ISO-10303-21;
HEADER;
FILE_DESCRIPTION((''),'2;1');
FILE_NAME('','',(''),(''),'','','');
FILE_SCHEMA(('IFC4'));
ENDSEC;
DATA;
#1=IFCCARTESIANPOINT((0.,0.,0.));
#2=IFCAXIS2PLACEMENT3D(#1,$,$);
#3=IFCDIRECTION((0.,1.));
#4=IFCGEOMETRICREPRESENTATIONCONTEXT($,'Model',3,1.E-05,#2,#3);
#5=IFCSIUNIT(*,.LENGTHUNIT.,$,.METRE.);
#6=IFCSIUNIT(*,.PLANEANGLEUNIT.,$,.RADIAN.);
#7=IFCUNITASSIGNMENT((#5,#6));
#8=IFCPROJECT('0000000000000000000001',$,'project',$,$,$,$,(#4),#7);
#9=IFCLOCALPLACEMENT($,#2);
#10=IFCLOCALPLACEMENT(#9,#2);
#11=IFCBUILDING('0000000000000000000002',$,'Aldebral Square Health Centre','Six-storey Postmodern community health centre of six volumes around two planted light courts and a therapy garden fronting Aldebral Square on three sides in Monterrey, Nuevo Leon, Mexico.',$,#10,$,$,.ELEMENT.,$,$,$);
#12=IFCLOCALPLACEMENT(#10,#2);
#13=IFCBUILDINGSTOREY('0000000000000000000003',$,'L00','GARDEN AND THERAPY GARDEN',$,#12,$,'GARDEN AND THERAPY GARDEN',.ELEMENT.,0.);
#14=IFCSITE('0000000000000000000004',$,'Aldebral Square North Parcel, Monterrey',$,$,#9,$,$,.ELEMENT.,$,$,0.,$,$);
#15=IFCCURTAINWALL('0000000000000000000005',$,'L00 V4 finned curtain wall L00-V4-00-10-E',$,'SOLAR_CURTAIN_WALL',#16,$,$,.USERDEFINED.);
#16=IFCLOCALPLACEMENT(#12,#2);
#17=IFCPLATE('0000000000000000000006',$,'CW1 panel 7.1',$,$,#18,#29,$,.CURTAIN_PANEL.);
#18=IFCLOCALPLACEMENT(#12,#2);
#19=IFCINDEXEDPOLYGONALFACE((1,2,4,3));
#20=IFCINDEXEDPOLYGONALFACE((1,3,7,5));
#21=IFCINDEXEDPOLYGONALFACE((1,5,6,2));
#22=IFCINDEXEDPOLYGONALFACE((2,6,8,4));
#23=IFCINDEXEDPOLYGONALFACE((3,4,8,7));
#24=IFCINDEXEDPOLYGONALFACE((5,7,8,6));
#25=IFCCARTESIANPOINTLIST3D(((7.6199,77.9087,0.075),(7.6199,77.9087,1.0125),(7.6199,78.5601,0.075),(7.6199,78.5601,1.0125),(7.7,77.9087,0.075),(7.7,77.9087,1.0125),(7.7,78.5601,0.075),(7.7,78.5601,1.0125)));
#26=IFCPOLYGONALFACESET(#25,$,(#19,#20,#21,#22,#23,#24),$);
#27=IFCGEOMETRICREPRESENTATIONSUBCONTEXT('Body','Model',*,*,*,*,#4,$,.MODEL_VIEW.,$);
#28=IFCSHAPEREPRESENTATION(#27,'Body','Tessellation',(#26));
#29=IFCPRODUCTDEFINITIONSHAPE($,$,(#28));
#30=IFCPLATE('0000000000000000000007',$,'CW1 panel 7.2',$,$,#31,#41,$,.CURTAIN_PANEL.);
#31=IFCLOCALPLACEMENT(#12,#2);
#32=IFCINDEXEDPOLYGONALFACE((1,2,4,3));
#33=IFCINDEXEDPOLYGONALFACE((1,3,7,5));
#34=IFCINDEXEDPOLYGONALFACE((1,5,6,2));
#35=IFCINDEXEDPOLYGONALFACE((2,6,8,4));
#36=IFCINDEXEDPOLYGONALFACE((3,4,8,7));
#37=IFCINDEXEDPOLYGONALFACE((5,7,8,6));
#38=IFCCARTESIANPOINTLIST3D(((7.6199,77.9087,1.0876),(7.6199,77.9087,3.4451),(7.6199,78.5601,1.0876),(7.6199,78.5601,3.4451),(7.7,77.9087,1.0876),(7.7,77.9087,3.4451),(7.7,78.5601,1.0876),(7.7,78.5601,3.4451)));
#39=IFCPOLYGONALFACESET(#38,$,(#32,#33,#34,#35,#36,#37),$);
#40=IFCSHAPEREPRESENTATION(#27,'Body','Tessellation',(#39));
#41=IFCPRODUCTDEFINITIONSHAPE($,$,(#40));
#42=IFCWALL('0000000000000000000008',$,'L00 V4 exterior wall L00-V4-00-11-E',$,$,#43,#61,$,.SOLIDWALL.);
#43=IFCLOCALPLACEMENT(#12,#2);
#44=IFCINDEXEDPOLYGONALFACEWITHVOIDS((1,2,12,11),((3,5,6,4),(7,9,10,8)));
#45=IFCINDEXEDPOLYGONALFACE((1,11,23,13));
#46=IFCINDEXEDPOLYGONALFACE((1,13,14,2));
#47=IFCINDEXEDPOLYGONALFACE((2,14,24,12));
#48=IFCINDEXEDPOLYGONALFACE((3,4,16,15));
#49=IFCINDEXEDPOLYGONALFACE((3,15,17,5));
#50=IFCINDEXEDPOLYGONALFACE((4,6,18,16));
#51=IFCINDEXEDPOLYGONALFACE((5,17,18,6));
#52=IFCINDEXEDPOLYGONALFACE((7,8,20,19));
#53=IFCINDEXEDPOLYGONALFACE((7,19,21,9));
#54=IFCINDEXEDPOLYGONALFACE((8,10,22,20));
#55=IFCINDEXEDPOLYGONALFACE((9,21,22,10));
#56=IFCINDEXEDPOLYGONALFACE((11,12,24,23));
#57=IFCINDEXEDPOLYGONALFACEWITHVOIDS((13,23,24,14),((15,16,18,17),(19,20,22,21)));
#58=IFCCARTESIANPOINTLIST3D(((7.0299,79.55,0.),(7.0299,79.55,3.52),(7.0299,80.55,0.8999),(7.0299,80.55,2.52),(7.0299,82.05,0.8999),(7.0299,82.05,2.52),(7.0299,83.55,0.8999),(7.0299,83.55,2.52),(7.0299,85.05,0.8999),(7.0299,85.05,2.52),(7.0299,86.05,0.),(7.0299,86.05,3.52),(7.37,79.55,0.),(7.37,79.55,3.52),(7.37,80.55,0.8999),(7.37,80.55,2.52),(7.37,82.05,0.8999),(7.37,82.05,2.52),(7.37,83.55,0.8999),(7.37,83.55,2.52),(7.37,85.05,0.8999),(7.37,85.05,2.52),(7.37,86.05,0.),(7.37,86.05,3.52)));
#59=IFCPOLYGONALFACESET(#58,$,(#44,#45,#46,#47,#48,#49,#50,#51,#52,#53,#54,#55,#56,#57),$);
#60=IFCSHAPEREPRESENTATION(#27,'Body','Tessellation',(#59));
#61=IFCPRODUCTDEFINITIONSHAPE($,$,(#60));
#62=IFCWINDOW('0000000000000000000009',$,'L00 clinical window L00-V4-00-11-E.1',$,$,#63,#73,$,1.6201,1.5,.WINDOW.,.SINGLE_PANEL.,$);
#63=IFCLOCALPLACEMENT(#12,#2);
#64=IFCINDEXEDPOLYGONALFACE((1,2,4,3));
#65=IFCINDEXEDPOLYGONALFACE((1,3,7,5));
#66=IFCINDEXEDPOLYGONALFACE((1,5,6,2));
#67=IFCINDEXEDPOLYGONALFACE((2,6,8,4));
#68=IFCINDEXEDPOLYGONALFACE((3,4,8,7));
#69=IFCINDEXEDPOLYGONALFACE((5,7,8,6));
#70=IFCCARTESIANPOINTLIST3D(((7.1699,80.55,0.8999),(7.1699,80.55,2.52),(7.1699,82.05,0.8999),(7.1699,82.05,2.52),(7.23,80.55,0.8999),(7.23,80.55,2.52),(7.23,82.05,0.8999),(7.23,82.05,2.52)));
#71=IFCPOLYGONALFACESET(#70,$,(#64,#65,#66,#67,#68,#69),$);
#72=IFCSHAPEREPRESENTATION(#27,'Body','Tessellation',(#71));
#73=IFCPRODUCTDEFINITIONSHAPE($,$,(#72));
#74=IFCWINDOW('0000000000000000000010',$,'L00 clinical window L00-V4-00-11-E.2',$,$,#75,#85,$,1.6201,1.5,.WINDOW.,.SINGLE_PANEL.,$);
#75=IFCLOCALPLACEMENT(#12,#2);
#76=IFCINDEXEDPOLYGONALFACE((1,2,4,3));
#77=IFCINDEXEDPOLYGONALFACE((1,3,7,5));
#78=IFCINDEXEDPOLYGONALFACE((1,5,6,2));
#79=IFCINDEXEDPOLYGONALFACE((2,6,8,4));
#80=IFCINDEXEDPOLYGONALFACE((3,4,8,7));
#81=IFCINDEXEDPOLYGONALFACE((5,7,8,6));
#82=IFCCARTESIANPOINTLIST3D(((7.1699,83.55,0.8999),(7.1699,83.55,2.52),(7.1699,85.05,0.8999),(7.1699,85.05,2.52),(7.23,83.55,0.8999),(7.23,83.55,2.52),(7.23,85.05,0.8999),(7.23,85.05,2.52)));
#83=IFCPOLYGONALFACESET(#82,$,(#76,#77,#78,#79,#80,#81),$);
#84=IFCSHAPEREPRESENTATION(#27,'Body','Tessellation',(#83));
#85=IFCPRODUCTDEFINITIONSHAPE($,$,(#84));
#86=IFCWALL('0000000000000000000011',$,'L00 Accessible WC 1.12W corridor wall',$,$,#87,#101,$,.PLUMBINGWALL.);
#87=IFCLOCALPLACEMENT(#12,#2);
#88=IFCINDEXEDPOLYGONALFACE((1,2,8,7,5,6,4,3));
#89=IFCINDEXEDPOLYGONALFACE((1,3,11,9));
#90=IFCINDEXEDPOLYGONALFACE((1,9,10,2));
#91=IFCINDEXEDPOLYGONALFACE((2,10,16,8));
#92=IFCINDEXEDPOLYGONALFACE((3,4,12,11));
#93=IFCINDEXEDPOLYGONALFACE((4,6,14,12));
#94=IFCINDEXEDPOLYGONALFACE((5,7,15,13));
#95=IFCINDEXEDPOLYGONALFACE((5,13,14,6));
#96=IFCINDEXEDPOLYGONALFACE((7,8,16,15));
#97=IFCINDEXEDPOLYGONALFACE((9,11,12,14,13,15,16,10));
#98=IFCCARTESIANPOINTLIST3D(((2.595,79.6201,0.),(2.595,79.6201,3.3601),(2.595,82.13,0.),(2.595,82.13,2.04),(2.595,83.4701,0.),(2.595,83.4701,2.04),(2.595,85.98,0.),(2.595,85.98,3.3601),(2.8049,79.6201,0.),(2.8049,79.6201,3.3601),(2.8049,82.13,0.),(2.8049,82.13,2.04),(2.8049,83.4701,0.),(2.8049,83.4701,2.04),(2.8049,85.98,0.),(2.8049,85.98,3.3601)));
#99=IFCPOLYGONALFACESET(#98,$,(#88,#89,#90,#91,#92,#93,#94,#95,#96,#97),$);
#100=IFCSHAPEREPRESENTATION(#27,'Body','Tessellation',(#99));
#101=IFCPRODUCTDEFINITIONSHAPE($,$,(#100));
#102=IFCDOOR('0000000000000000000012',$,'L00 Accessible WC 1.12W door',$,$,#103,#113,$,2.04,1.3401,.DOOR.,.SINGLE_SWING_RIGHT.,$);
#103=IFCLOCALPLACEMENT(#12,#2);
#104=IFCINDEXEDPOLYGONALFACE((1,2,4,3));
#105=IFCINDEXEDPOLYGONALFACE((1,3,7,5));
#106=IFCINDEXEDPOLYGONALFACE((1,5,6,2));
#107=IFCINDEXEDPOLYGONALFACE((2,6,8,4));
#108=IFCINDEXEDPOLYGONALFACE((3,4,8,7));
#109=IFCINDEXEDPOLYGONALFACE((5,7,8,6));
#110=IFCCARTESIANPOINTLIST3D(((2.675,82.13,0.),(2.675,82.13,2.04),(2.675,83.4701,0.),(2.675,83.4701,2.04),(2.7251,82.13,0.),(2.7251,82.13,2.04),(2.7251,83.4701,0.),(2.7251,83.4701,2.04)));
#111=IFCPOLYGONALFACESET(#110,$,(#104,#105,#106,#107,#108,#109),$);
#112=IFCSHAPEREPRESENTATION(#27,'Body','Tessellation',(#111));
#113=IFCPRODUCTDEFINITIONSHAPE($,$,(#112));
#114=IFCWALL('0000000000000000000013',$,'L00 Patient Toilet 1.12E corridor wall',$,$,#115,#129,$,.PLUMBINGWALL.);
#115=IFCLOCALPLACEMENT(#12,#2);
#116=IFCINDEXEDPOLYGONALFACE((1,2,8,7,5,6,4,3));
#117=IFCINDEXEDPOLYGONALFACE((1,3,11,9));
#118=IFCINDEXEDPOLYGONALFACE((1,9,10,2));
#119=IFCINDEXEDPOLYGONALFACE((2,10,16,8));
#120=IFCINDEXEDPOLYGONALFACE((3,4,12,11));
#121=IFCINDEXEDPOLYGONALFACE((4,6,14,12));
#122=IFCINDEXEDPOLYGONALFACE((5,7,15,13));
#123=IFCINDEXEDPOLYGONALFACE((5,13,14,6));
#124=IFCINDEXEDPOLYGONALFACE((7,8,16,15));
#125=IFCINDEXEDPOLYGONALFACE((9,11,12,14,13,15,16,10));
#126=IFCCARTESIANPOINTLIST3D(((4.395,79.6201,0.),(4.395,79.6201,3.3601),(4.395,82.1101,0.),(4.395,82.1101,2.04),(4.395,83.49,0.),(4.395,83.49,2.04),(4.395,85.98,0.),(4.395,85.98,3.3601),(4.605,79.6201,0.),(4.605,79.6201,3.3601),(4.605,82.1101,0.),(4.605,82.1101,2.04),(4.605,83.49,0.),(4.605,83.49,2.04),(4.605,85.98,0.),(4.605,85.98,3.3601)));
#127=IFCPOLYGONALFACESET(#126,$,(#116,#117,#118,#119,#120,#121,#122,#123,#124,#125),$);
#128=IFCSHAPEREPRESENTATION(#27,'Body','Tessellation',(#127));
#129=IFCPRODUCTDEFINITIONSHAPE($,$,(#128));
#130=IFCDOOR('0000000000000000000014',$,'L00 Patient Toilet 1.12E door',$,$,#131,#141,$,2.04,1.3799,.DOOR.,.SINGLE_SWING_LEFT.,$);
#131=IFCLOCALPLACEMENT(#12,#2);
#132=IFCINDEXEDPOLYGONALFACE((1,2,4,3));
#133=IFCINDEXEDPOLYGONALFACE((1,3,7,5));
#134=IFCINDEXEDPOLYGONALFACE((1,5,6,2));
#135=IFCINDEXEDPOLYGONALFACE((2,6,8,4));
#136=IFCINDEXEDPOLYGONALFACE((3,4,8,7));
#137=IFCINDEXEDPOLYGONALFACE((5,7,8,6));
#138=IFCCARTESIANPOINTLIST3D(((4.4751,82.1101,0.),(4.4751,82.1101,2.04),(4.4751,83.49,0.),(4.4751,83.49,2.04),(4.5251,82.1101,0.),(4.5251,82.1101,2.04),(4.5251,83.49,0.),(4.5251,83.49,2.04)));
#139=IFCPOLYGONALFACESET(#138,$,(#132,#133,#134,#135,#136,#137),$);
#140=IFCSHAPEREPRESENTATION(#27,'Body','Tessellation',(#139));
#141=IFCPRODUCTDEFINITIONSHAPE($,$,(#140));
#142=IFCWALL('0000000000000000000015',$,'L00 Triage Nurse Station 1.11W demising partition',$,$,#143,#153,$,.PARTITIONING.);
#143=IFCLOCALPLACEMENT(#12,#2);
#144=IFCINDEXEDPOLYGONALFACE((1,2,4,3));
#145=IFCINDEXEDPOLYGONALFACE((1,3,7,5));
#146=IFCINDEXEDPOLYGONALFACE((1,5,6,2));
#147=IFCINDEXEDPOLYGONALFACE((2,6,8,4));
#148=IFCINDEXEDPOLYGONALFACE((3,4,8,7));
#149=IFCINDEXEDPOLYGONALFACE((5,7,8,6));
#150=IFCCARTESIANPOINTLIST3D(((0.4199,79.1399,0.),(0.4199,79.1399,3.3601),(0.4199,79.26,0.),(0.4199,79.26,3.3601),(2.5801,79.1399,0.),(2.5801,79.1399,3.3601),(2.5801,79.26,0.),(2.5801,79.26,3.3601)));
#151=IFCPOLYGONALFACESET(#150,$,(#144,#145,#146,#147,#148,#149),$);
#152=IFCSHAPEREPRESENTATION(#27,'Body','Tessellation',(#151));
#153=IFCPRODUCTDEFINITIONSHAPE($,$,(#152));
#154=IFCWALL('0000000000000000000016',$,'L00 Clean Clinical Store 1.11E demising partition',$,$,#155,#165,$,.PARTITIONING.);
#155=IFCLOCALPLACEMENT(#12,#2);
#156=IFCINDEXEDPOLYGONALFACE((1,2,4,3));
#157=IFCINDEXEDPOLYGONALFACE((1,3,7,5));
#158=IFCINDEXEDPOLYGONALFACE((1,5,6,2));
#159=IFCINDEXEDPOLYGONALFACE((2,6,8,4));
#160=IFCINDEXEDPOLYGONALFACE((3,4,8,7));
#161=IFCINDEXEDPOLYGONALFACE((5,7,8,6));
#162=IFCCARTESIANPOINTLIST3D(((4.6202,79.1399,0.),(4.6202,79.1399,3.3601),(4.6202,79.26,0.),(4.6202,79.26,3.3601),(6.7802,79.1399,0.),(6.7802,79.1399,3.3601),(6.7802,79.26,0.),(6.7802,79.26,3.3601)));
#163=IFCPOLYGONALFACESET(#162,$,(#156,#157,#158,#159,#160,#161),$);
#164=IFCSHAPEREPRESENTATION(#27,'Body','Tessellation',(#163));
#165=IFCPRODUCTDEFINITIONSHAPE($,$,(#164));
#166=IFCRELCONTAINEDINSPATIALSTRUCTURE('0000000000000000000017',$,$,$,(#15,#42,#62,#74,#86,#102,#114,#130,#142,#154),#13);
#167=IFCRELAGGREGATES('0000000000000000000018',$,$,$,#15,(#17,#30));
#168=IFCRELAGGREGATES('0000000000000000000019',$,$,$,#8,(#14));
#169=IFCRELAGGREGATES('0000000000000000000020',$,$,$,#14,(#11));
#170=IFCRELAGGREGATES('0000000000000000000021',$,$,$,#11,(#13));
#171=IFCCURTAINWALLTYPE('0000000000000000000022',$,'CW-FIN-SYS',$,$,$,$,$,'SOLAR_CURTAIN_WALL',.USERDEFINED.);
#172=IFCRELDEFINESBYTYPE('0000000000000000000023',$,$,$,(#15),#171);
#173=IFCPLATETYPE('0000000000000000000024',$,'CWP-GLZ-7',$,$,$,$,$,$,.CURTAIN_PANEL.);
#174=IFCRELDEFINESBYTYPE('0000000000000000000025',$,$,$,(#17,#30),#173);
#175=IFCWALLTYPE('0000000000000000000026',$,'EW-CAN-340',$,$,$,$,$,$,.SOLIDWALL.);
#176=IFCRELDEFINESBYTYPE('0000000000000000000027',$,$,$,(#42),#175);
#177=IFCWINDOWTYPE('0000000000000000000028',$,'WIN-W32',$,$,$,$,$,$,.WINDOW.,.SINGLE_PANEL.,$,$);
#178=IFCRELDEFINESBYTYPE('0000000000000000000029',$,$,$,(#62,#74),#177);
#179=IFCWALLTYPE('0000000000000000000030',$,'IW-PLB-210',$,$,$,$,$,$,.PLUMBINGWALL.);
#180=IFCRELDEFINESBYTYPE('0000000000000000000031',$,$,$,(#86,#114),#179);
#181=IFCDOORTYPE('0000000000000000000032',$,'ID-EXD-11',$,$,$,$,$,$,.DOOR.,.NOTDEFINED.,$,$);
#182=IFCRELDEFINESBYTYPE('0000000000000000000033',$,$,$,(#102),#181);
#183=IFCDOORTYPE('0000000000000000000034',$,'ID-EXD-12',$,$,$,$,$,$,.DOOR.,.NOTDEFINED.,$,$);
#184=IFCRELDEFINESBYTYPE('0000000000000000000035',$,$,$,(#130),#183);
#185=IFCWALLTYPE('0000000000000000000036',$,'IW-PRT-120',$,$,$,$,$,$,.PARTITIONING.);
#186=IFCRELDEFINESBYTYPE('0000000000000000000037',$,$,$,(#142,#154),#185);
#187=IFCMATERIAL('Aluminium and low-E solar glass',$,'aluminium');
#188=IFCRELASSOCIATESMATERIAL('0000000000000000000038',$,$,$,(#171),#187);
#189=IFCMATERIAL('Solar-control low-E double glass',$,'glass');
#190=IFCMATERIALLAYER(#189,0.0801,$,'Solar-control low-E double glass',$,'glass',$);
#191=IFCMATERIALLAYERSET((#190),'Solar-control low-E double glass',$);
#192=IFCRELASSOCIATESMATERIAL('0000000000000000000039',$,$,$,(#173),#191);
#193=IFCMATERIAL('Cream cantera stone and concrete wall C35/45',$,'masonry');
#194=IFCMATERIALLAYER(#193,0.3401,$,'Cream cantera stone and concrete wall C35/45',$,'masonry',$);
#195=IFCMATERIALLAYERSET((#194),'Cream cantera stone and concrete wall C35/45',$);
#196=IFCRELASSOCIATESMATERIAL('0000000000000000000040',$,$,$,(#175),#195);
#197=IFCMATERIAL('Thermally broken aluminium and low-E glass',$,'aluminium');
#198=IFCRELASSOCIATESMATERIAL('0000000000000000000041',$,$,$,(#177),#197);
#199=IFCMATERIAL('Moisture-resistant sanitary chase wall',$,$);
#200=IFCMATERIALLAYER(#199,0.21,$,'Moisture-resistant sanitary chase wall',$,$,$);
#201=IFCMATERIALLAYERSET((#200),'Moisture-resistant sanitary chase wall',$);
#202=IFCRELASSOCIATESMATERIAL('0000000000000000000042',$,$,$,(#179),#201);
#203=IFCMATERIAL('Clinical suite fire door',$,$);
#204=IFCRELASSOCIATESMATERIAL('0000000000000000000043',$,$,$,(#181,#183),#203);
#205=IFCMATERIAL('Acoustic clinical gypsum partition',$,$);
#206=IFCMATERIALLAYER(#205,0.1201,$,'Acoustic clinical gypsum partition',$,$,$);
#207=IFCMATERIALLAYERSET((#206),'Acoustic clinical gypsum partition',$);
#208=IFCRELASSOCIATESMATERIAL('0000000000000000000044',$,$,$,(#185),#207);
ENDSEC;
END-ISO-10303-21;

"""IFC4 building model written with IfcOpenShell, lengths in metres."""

from ifc_helpers import new_model, si_unit, direction, frame, frame_2d, origin, origin_2d, place, context, subcontext, project, spatial, rectangle, extrude, material, layer, layer_set, type_object, element, fill, aggregate, save


model = new_model("IFC4")

# Units and contexts
model_context = context("Model", 3, precision=1e-05, world=origin(), true_north=direction((0.0, 1.0)))
body_context = subcontext(model_context, "Body", "Model", "MODEL_VIEW")
ifc_project = project(units=[si_unit("LENGTHUNIT", "METRE"), si_unit("PLANEANGLEUNIT", "RADIAN")], contexts=[model_context])

# Site, building, storey
site_placement = place(None, origin())
site = spatial("IfcSite", under=ifc_project, at=site_placement, Name="Aldebral Square North Parcel, Monterrey", CompositionType="ELEMENT", RefElevation=0.0)
building_placement = place(site_placement, origin())
building = spatial("IfcBuilding", under=site, at=building_placement, Name="Aldebral Square Health Centre", Description="Six-storey Postmodern community health centre of six volumes around two planted light courts and a therapy garden fronting Aldebral Square on three sides in Monterrey, Nuevo Leon, Mexico.", CompositionType="ELEMENT")
storey_placement = place(building_placement, origin())
storey = spatial("IfcBuildingStorey", under=building, at=storey_placement, Name="L00", Description="GARDEN AND THERAPY GARDEN", LongName="GARDEN AND THERAPY GARDEN", CompositionType="ELEMENT", Elevation=0.0)

# Shared definitions
ifc_material_1 = material(Name="Aluminium and low-E solar glass", Category="aluminium")
curtain_wall_type = type_object("IfcCurtainWallType", Name="CW-FIN-SYS", ElementType="SOLAR_CURTAIN_WALL", PredefinedType="USERDEFINED", material=ifc_material_1)

# Curtain wall
curtain_wall_1_placement = place(storey_placement, origin())
curtain_wall_1 = element("IfcCurtainWall", 1, at=curtain_wall_1_placement, inside=storey, type_object=curtain_wall_type, Name="L00 V4 finned curtain wall L00-V4-00-10-E", ObjectType="SOLAR_CURTAIN_WALL", PredefinedType="USERDEFINED")

# Plates
ifc_material_2 = material(Name="Solar-control low-E double glass", Category="glass")
ifc_layer_1 = layer(ifc_material_2, 0.0801, Name="Solar-control low-E double glass", Category="glass")
ifc_layer_set_1 = layer_set([ifc_layer_1], Name="Solar-control low-E double glass")
plate_type_1 = type_object("IfcPlateType", Name="CWP-GLZ-7", PredefinedType="CURTAIN_PANEL", material=ifc_layer_set_1)
plate_1_placement = place(storey_placement, frame((7.6599, 78.2344, 0.075), z_axis=(0.0, 0.0, 1.0), x_axis=(0.0, 1.0, 0.0)))
plate_1 = element("IfcPlate", 2, at=plate_1_placement, type_object=plate_type_1, Name="CW1 panel 7.1", PredefinedType="CURTAIN_PANEL", context=body_context, shape_type="SweptSolid", body=[
    extrude(rectangle(XDim=0.6514, YDim=0.0801, at=origin_2d()), origin(), (0.0, 0.0, 1.0), 0.9375),
])
plate_2_placement = place(storey_placement, frame((7.6599, 78.2344, 1.0876), z_axis=(0.0, 0.0, 1.0), x_axis=(0.0, 1.0, 0.0)))
plate_2 = element("IfcPlate", 3, at=plate_2_placement, type_object=plate_type_1, Name="CW1 panel 7.2", PredefinedType="CURTAIN_PANEL", context=body_context, shape_type="SweptSolid", body=[
    extrude(rectangle(XDim=0.6514, YDim=0.0801, at=origin_2d()), origin(), (0.0, 0.0, 1.0), 2.3574),
])
aggregate(curtain_wall_1, [plate_1, plate_2])

# Wall, openings, windows
ifc_material_3 = material(Name="Cream cantera stone and concrete wall C35/45", Category="masonry")
ifc_layer_2 = layer(ifc_material_3, 0.3401, Name="Cream cantera stone and concrete wall C35/45", Category="masonry")
ifc_layer_set_2 = layer_set([ifc_layer_2], Name="Cream cantera stone and concrete wall C35/45")
wall_type_1 = type_object("IfcWallType", Name="EW-CAN-340", PredefinedType="SOLIDWALL", material=ifc_layer_set_2)
wall_1_placement = place(storey_placement, frame((7.2, 79.55, 0.0), z_axis=(0.0, 0.0, 1.0), x_axis=(0.0, 1.0, 0.0)))
wall_1 = element("IfcWall", 4, at=wall_1_placement, inside=storey, type_object=wall_type_1, Name="L00 V4 exterior wall L00-V4-00-11-E", PredefinedType="SOLIDWALL", context=body_context, shape_type="SweptSolid", body=[
    extrude(rectangle(XDim=6.5, YDim=0.3401, at=frame_2d((3.25, 0.0))), origin(), (0.0, 0.0, 1.0), 3.52),
])
opening_1_placement = place(wall_1_placement, frame((1.0, 0.0, 0.8999)))
opening_1 = element("IfcOpeningElement", 5, at=opening_1_placement, cuts=wall_1, PredefinedType="OPENING", context=body_context, shape_type="SweptSolid", body=[
    extrude(rectangle(XDim=1.5, YDim=1.6201, at=frame_2d((0.75, 0.8101))), frame((0.0, 0.1802, 0.0), z_axis=(0.0, -1.0, 0.0), x_axis=(1.0, 0.0, 0.0)), (0.0, 0.0, 1.0), 0.3601),
])
opening_2_placement = place(wall_1_placement, frame((4.0, 0.0, 0.8999)))
opening_2 = element("IfcOpeningElement", 6, at=opening_2_placement, cuts=wall_1, PredefinedType="OPENING", context=body_context, shape_type="SweptSolid", body=[
    extrude(rectangle(XDim=1.5, YDim=1.6201, at=frame_2d((0.75, 0.8101))), frame((0.0, 0.1802, 0.0), z_axis=(0.0, -1.0, 0.0), x_axis=(1.0, 0.0, 0.0)), (0.0, 0.0, 1.0), 0.3601),
])
ifc_material_4 = material(Name="Thermally broken aluminium and low-E glass", Category="aluminium")
window_type = type_object("IfcWindowType", Name="WIN-W32", PartitioningType="SINGLE_PANEL", PredefinedType="WINDOW", material=ifc_material_4)
window_1_placement = place(opening_1_placement, origin())
window_1 = element("IfcWindow", 7, at=window_1_placement, inside=storey, type_object=window_type, Name="L00 clinical window L00-V4-00-11-E.1", OverallHeight=1.6201, OverallWidth=1.5, PartitioningType="SINGLE_PANEL", PredefinedType="WINDOW", context=body_context, shape_type="SweptSolid", body=[
    extrude(rectangle(XDim=1.5, YDim=1.6201, at=frame_2d((0.75, 0.8101))), frame((0.0, 0.03, 0.0), z_axis=(0.0, -1.0, 0.0), x_axis=(1.0, 0.0, 0.0)), (0.0, 0.0, 1.0), 0.0601),
])
fill(opening_1, window_1)
window_2_placement = place(opening_2_placement, origin())
window_2 = element("IfcWindow", 8, at=window_2_placement, inside=storey, type_object=window_type, Name="L00 clinical window L00-V4-00-11-E.2", OverallHeight=1.6201, OverallWidth=1.5, PartitioningType="SINGLE_PANEL", PredefinedType="WINDOW", context=body_context, shape_type="SweptSolid", body=[
    extrude(rectangle(XDim=1.5, YDim=1.6201, at=frame_2d((0.75, 0.8101))), frame((0.0, 0.03, 0.0), z_axis=(0.0, -1.0, 0.0), x_axis=(1.0, 0.0, 0.0)), (0.0, 0.0, 1.0), 0.0601),
])
fill(opening_2, window_2)

# Walls, openings, doors
ifc_material_5 = material(Name="Moisture-resistant sanitary chase wall")
ifc_layer_3 = layer(ifc_material_5, 0.21, Name="Moisture-resistant sanitary chase wall")
ifc_layer_set_3 = layer_set([ifc_layer_3], Name="Moisture-resistant sanitary chase wall")
wall_type_2 = type_object("IfcWallType", Name="IW-PLB-210", PredefinedType="PLUMBINGWALL", material=ifc_layer_set_3)
wall_2_placement = place(storey_placement, frame((2.7, 79.6201, 0.0), z_axis=(0.0, 0.0, 1.0), x_axis=(0.0, 1.0, 0.0)))
wall_2 = element("IfcWall", 9, at=wall_2_placement, inside=storey, type_object=wall_type_2, Name="L00 Accessible WC 1.12W corridor wall", PredefinedType="PLUMBINGWALL", context=body_context, shape_type="SweptSolid", body=[
    extrude(rectangle(XDim=6.3599, YDim=0.21, at=frame_2d((3.1799, 0.0))), origin(), (0.0, 0.0, 1.0), 3.3601),
])
opening_3_placement = place(wall_2_placement, frame((2.51, 0.0, 0.0)))
opening_3 = element("IfcOpeningElement", 10, at=opening_3_placement, cuts=wall_2, PredefinedType="OPENING", context=body_context, shape_type="SweptSolid", body=[
    extrude(rectangle(XDim=1.3401, YDim=2.04, at=frame_2d((0.6699, 1.02))), frame((0.0, 0.115, 0.0), z_axis=(0.0, -1.0, 0.0), x_axis=(1.0, 0.0, 0.0)), (0.0, 0.0, 1.0), 0.23),
])
ifc_material_6 = material(Name="Clinical suite fire door")
door_type_1 = type_object("IfcDoorType", Name="ID-EXD-11", OperationType="NOTDEFINED", PredefinedType="DOOR", material=ifc_material_6)
door_1_placement = place(opening_3_placement, origin())
door_1 = element("IfcDoor", 11, at=door_1_placement, inside=storey, type_object=door_type_1, Name="L00 Accessible WC 1.12W door", OperationType="SINGLE_SWING_RIGHT", OverallHeight=2.04, OverallWidth=1.3401, PredefinedType="DOOR", context=body_context, shape_type="SweptSolid", body=[
    extrude(rectangle(XDim=1.3401, YDim=2.04, at=frame_2d((0.6699, 1.02))), frame((0.0, 0.0249, 0.0), z_axis=(0.0, -1.0, 0.0), x_axis=(1.0, 0.0, 0.0)), (0.0, 0.0, 1.0), 0.05),
])
fill(opening_3, door_1)
wall_3_placement = place(storey_placement, frame((4.5, 79.6201, 0.0), z_axis=(0.0, 0.0, 1.0), x_axis=(0.0, 1.0, 0.0)))
wall_3 = element("IfcWall", 12, at=wall_3_placement, inside=storey, type_object=wall_type_2, Name="L00 Patient Toilet 1.12E corridor wall", PredefinedType="PLUMBINGWALL", context=body_context, shape_type="SweptSolid", body=[
    extrude(rectangle(XDim=6.3599, YDim=0.21, at=frame_2d((3.1799, 0.0))), origin(), (0.0, 0.0, 1.0), 3.3601),
])
opening_4_placement = place(wall_3_placement, frame((2.49, 0.0, 0.0)))
opening_4 = element("IfcOpeningElement", 13, at=opening_4_placement, cuts=wall_3, PredefinedType="OPENING", context=body_context, shape_type="SweptSolid", body=[
    extrude(rectangle(XDim=1.3799, YDim=2.04, at=frame_2d((0.6899, 1.02))), frame((0.0, 0.115, 0.0), z_axis=(0.0, -1.0, 0.0), x_axis=(1.0, 0.0, 0.0)), (0.0, 0.0, 1.0), 0.23),
])
door_type_2 = type_object("IfcDoorType", Name="ID-EXD-12", OperationType="NOTDEFINED", PredefinedType="DOOR", material=ifc_material_6)
door_2_placement = place(opening_4_placement, origin())
door_2 = element("IfcDoor", 14, at=door_2_placement, inside=storey, type_object=door_type_2, Name="L00 Patient Toilet 1.12E door", OperationType="SINGLE_SWING_LEFT", OverallHeight=2.04, OverallWidth=1.3799, PredefinedType="DOOR", context=body_context, shape_type="SweptSolid", body=[
    extrude(rectangle(XDim=1.3799, YDim=2.04, at=frame_2d((0.6899, 1.02))), frame((0.0, 0.0249, 0.0), z_axis=(0.0, -1.0, 0.0), x_axis=(1.0, 0.0, 0.0)), (0.0, 0.0, 1.0), 0.05),
])
fill(opening_4, door_2)

# Walls
ifc_material_7 = material(Name="Acoustic clinical gypsum partition")
ifc_layer_4 = layer(ifc_material_7, 0.1201, Name="Acoustic clinical gypsum partition")
ifc_layer_set_4 = layer_set([ifc_layer_4], Name="Acoustic clinical gypsum partition")
wall_type_3 = type_object("IfcWallType", Name="IW-PRT-120", PredefinedType="PARTITIONING", material=ifc_layer_set_4)
wall_4_placement = place(storey_placement, frame((0.4199, 79.2, 0.0), z_axis=(0.0, 0.0, 1.0), x_axis=(1.0, 0.0, 0.0)))
element("IfcWall", 15, at=wall_4_placement, inside=storey, type_object=wall_type_3, Name="L00 Triage Nurse Station 1.11W demising partition", PredefinedType="PARTITIONING", context=body_context, shape_type="SweptSolid", body=[
    extrude(rectangle(XDim=2.1602, YDim=0.1201, at=frame_2d((1.0801, 0.0))), origin(), (0.0, 0.0, 1.0), 3.3601),
])
wall_5_placement = place(storey_placement, frame((4.6201, 79.2, 0.0), z_axis=(0.0, 0.0, 1.0), x_axis=(1.0, 0.0, 0.0)))
element("IfcWall", 16, at=wall_5_placement, inside=storey, type_object=wall_type_3, Name="L00 Clean Clinical Store 1.11E demising partition", PredefinedType="PARTITIONING", context=body_context, shape_type="SweptSolid", body=[
    extrude(rectangle(XDim=2.1599, YDim=0.1201, at=frame_2d((1.0801, 0.0))), origin(), (0.0, 0.0, 1.0), 3.3601),
])

save(model, "model.ifc")
